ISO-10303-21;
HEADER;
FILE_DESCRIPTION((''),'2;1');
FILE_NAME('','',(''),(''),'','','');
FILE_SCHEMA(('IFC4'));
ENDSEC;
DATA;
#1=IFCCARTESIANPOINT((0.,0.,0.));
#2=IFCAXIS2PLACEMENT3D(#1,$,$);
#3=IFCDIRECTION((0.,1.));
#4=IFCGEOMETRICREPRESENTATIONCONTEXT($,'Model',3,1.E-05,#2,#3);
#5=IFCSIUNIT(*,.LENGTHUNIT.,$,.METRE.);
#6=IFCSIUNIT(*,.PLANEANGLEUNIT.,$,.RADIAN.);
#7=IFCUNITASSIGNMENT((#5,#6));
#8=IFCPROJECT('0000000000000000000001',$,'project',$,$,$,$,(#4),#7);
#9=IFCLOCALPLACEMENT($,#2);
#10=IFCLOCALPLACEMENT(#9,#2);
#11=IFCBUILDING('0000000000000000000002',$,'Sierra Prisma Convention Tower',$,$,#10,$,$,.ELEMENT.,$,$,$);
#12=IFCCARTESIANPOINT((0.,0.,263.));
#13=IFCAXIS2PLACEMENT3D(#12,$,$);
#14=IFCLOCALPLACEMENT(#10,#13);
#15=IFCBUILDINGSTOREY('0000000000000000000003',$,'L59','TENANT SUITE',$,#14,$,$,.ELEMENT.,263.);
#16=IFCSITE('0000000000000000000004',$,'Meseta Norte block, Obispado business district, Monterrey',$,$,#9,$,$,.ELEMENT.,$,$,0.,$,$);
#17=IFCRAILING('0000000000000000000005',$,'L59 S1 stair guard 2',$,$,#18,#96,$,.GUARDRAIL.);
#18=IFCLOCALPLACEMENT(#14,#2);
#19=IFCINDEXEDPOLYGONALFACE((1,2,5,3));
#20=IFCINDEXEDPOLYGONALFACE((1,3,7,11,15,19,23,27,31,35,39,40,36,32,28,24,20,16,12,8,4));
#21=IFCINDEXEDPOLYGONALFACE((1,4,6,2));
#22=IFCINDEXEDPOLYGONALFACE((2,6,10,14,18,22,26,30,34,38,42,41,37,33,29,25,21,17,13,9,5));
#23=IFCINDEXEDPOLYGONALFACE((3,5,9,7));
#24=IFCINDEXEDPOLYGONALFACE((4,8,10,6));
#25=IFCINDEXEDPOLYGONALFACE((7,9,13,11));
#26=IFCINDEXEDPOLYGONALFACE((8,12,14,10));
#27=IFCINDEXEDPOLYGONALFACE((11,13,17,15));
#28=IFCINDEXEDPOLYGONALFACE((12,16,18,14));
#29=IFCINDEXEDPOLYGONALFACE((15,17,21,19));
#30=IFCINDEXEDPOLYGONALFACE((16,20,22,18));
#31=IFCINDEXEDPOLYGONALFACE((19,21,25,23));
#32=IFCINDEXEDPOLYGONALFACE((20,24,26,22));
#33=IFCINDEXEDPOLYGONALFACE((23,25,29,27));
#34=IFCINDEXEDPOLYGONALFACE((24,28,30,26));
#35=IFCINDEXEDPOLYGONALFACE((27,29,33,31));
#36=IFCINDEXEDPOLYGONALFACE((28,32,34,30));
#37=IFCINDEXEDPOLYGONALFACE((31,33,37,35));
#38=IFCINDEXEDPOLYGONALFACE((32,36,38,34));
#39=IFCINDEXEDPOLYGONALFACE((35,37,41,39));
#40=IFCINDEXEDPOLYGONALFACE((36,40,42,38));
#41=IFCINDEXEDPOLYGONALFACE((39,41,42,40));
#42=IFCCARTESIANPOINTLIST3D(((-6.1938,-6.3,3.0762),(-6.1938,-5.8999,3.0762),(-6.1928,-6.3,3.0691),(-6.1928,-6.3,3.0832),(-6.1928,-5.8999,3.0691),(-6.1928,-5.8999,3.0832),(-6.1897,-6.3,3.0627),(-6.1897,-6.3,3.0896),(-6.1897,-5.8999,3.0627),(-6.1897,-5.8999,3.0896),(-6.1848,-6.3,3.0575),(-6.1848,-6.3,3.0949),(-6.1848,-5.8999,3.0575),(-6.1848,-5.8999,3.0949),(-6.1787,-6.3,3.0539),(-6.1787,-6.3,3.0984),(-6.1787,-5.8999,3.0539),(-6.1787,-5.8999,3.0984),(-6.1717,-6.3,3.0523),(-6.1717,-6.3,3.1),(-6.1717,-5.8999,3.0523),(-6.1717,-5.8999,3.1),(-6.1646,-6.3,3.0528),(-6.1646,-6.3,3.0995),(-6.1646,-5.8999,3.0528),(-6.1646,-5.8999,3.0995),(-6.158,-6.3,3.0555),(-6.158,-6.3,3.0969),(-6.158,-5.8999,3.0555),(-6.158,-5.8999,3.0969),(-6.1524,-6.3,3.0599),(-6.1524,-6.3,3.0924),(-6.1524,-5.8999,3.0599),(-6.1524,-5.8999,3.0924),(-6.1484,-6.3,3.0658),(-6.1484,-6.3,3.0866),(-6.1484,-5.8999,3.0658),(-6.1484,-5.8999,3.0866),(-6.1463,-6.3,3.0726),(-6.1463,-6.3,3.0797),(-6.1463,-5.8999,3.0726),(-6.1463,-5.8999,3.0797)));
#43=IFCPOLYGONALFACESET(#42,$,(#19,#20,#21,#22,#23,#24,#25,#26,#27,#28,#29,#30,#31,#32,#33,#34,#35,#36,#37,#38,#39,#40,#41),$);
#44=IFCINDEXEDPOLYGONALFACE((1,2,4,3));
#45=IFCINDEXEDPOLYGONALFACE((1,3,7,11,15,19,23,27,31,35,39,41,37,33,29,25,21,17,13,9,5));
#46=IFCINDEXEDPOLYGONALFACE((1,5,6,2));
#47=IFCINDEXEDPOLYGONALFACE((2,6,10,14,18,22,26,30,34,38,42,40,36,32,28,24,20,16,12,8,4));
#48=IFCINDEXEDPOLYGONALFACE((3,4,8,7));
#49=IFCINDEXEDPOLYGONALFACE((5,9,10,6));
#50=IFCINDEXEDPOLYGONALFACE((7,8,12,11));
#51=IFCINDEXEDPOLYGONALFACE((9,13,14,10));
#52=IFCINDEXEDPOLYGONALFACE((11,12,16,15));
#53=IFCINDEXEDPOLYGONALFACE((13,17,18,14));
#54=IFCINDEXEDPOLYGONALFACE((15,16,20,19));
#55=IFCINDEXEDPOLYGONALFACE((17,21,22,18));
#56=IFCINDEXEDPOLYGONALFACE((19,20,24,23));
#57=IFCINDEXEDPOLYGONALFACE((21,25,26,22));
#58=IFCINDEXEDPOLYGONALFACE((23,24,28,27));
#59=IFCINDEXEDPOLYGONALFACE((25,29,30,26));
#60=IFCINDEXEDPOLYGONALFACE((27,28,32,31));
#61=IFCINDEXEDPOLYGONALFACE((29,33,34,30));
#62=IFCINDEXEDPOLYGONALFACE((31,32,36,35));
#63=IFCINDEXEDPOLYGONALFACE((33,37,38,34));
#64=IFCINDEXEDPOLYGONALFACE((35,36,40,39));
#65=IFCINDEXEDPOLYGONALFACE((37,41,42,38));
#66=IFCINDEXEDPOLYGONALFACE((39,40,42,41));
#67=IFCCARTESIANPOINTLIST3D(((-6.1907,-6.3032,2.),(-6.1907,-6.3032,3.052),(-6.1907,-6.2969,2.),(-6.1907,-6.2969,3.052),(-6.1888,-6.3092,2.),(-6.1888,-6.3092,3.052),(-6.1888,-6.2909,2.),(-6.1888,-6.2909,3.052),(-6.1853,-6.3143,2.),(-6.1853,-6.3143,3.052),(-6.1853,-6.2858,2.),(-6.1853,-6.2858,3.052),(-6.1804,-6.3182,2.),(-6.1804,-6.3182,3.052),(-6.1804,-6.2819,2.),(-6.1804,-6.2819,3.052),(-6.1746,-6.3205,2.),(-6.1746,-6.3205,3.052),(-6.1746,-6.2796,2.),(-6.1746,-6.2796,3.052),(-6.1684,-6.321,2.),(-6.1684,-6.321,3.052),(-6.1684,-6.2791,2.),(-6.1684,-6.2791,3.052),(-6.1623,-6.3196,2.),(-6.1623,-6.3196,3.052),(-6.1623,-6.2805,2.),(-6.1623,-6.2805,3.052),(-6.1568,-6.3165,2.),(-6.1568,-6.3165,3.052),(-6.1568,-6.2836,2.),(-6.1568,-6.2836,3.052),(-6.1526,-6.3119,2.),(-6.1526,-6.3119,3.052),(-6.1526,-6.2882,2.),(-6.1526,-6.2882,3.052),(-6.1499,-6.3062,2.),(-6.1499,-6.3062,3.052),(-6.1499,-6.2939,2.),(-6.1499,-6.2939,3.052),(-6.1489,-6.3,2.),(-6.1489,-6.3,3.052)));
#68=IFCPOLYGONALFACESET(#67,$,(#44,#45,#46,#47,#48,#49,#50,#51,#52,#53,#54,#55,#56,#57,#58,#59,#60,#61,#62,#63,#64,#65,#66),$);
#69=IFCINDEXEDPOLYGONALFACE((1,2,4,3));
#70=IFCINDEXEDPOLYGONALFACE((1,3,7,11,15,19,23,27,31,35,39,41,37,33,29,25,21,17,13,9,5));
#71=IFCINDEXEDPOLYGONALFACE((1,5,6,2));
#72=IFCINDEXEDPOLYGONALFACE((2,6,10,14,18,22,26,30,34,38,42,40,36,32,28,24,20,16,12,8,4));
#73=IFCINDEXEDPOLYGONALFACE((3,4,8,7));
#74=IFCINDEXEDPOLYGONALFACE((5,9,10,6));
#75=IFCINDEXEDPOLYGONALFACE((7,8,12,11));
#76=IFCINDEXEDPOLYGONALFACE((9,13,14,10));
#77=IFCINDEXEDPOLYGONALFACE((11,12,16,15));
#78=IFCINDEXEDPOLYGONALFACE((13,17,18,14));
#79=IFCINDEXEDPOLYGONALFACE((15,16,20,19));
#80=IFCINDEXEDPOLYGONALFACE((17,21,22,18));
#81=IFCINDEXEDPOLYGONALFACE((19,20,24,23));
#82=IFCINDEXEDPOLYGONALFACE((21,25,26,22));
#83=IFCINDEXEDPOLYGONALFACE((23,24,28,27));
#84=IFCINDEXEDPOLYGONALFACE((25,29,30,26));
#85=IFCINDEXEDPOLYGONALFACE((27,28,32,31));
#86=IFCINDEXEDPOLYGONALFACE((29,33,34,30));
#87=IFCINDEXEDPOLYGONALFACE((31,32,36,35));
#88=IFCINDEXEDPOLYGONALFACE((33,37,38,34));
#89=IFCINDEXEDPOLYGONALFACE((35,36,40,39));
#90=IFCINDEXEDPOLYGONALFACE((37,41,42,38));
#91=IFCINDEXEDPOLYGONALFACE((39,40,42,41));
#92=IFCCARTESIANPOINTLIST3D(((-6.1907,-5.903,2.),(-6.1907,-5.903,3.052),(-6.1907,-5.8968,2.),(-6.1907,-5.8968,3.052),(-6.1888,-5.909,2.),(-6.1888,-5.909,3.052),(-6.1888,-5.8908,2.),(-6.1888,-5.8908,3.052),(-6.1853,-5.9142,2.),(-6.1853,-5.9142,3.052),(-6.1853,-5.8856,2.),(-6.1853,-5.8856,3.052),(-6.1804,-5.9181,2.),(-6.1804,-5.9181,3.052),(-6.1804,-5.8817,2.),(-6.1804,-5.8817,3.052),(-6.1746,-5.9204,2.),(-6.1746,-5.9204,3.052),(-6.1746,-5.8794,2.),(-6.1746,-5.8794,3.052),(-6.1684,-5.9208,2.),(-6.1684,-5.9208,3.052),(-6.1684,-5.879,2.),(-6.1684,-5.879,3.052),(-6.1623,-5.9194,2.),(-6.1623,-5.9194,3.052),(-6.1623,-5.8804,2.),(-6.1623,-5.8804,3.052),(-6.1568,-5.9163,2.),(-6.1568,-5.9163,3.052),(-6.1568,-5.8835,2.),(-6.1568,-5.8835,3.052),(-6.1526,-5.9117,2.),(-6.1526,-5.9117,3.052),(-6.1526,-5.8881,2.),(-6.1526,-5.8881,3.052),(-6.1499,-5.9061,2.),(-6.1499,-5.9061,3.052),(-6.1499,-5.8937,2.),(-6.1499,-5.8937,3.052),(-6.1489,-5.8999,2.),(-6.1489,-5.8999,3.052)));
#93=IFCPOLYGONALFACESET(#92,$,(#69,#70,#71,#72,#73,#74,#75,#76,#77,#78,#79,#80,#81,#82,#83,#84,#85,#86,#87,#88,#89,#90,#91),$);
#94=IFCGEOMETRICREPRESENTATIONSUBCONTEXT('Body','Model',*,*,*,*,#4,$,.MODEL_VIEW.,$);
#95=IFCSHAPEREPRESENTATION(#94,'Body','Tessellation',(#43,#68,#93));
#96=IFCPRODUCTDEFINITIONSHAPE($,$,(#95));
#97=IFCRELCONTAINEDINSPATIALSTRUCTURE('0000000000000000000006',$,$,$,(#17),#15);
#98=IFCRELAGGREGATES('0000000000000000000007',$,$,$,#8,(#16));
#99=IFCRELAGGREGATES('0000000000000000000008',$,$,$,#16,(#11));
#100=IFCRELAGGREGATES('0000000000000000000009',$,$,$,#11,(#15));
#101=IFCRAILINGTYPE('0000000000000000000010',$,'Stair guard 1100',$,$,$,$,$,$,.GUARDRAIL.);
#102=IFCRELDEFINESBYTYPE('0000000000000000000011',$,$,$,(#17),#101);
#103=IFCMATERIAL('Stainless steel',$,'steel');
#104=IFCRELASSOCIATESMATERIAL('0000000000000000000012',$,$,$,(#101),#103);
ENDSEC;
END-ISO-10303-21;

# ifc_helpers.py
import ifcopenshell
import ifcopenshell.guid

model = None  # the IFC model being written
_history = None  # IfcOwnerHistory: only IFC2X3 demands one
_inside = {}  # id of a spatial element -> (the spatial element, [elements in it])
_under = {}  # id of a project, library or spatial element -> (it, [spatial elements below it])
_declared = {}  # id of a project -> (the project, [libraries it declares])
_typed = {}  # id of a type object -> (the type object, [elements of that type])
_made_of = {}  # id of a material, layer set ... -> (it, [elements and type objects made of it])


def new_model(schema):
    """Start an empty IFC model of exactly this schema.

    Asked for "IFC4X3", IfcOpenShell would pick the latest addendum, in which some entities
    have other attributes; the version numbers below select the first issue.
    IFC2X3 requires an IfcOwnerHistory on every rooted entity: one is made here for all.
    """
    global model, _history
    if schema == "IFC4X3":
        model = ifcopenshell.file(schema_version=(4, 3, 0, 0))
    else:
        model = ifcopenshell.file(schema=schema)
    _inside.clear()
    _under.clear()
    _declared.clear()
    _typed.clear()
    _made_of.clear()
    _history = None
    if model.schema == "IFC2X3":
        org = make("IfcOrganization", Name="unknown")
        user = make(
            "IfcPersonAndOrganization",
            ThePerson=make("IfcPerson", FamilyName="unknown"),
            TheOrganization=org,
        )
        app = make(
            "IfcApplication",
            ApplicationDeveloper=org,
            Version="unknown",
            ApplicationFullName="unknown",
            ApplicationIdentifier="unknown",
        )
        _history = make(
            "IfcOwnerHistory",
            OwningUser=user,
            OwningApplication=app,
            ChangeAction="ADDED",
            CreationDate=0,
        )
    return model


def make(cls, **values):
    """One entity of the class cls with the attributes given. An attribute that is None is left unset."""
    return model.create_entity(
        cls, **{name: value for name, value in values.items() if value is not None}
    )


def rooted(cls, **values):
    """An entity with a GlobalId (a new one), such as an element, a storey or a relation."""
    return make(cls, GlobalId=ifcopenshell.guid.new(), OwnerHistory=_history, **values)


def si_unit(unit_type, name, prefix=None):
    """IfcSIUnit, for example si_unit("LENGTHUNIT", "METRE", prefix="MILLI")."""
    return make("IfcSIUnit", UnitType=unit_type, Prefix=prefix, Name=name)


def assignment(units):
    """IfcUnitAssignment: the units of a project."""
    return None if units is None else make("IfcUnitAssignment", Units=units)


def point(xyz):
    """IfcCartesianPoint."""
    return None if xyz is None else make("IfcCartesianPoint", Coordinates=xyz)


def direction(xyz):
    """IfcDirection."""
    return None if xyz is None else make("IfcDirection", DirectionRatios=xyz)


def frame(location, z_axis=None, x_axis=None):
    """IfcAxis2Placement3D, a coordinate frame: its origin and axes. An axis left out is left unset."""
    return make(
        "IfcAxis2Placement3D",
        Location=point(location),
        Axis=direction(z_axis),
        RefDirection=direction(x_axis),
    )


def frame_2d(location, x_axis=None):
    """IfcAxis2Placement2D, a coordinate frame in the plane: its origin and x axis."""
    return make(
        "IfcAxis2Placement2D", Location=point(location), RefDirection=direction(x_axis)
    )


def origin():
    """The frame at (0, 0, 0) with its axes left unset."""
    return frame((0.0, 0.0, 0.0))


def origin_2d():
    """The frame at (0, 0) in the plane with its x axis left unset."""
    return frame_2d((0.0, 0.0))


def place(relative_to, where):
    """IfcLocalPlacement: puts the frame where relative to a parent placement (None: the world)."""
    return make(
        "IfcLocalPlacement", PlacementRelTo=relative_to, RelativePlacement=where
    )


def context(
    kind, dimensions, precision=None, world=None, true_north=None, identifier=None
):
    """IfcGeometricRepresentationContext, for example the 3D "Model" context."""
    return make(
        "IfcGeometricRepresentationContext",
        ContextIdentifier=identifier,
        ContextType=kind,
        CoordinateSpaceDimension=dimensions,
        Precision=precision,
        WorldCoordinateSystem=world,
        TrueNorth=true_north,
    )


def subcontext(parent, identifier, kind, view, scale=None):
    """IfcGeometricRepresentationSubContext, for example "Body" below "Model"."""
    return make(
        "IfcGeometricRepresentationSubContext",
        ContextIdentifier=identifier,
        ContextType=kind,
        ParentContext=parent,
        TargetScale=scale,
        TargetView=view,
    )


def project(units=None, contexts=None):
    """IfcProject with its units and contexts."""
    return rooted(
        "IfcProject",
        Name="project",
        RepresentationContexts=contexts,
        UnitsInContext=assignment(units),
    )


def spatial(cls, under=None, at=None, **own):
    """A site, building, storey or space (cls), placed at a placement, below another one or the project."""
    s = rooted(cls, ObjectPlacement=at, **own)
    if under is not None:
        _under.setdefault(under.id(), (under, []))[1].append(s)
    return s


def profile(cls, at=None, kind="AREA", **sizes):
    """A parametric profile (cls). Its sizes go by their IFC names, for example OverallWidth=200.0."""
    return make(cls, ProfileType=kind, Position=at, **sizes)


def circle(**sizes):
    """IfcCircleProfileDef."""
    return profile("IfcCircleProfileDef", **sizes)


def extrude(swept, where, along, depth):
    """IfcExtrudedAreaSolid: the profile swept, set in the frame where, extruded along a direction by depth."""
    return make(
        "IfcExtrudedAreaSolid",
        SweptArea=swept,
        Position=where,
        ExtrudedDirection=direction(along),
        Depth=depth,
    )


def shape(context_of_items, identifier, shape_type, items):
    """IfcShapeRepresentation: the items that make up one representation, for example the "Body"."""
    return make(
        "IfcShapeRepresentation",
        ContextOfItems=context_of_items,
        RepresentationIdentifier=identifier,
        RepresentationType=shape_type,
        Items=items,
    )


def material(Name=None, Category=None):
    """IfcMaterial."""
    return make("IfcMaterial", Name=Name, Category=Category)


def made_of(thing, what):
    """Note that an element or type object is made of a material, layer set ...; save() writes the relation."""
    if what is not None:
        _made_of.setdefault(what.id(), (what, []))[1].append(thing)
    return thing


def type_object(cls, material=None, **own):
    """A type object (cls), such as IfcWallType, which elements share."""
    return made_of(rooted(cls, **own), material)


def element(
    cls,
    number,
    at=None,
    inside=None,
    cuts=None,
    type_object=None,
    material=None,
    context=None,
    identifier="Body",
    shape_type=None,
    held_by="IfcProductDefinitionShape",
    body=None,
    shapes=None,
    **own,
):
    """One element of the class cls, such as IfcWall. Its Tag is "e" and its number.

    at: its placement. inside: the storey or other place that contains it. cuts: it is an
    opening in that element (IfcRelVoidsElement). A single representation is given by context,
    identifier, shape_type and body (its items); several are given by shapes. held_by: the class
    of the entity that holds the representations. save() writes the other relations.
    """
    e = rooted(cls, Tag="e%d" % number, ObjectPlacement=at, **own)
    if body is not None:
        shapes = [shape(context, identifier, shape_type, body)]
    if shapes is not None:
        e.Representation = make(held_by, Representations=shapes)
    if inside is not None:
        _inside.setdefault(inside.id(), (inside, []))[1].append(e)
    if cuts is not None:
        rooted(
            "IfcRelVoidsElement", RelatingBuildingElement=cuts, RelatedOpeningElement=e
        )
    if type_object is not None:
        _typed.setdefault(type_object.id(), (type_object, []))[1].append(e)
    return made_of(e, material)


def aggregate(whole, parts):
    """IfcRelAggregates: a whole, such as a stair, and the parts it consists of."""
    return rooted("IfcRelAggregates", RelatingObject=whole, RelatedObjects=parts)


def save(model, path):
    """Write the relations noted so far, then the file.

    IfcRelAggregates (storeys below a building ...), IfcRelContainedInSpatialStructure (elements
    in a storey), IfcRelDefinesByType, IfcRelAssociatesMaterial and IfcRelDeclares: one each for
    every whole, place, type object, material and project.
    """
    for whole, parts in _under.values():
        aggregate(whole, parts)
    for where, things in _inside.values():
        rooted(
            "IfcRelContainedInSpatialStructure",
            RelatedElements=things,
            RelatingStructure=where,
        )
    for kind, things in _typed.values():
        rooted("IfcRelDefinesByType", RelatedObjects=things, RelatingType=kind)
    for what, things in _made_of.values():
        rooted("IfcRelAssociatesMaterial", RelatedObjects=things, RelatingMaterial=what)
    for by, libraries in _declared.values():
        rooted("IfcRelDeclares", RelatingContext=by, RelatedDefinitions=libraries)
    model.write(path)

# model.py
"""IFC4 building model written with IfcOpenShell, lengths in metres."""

from ifc_helpers import new_model, si_unit, direction, frame, origin, origin_2d, place, context, subcontext, project, spatial, circle, extrude, material, type_object, element, save


model = new_model("IFC4")

# Units and contexts
model_context = context("Model", 3, precision=1e-05, world=origin(), true_north=direction((0.0, 1.0)))
body_context = subcontext(model_context, "Body", "Model", "MODEL_VIEW")
ifc_project = project(units=[si_unit("LENGTHUNIT", "METRE"), si_unit("PLANEANGLEUNIT", "RADIAN")], contexts=[model_context])

# Site, building, storey
site_placement = place(None, origin())
site = spatial("IfcSite", under=ifc_project, at=site_placement, Name="Meseta Norte block, Obispado business district, Monterrey", CompositionType="ELEMENT", RefElevation=0.0)
building_placement = place(site_placement, origin())
building = spatial("IfcBuilding", under=site, at=building_placement, Name="Sierra Prisma Convention Tower", CompositionType="ELEMENT")
storey_placement = place(building_placement, frame((0.0, 0.0, 263.0)))
storey = spatial("IfcBuildingStorey", under=building, at=storey_placement, Name="L59", Description="TENANT SUITE", CompositionType="ELEMENT", Elevation=263.0)

# Railing
ifc_material_1 = material(Name="Stainless steel", Category="steel")
railing_type_1 = type_object("IfcRailingType", Name="Stair guard 1100", PredefinedType="GUARDRAIL", material=ifc_material_1)
railing_1_placement = place(storey_placement, frame((-6.1699, -6.3, 2.0)))
element("IfcRailing", 1, at=railing_1_placement, inside=storey, type_object=railing_type_1, Name="L59 S1 stair guard 2", PredefinedType="GUARDRAIL", context=body_context, shape_type="SweptSolid", body=[
    extrude(circle(Radius=0.0239, at=origin_2d()), frame((0.0, 0.0, 1.0762), z_axis=(0.0, 1.0, 0.0), x_axis=(-1.0, 0.0, 0.0)), (0.0, 0.0, 1.0), 0.4001),
    extrude(circle(Radius=0.021, at=origin_2d()), origin(), (0.0, 0.0, 1.0), 1.052),
    extrude(circle(Radius=0.021, at=origin_2d()), frame((0.0, 0.4001, 0.0)), (0.0, 0.0, 1.0), 1.052),
])

save(model, "model.ifc")
